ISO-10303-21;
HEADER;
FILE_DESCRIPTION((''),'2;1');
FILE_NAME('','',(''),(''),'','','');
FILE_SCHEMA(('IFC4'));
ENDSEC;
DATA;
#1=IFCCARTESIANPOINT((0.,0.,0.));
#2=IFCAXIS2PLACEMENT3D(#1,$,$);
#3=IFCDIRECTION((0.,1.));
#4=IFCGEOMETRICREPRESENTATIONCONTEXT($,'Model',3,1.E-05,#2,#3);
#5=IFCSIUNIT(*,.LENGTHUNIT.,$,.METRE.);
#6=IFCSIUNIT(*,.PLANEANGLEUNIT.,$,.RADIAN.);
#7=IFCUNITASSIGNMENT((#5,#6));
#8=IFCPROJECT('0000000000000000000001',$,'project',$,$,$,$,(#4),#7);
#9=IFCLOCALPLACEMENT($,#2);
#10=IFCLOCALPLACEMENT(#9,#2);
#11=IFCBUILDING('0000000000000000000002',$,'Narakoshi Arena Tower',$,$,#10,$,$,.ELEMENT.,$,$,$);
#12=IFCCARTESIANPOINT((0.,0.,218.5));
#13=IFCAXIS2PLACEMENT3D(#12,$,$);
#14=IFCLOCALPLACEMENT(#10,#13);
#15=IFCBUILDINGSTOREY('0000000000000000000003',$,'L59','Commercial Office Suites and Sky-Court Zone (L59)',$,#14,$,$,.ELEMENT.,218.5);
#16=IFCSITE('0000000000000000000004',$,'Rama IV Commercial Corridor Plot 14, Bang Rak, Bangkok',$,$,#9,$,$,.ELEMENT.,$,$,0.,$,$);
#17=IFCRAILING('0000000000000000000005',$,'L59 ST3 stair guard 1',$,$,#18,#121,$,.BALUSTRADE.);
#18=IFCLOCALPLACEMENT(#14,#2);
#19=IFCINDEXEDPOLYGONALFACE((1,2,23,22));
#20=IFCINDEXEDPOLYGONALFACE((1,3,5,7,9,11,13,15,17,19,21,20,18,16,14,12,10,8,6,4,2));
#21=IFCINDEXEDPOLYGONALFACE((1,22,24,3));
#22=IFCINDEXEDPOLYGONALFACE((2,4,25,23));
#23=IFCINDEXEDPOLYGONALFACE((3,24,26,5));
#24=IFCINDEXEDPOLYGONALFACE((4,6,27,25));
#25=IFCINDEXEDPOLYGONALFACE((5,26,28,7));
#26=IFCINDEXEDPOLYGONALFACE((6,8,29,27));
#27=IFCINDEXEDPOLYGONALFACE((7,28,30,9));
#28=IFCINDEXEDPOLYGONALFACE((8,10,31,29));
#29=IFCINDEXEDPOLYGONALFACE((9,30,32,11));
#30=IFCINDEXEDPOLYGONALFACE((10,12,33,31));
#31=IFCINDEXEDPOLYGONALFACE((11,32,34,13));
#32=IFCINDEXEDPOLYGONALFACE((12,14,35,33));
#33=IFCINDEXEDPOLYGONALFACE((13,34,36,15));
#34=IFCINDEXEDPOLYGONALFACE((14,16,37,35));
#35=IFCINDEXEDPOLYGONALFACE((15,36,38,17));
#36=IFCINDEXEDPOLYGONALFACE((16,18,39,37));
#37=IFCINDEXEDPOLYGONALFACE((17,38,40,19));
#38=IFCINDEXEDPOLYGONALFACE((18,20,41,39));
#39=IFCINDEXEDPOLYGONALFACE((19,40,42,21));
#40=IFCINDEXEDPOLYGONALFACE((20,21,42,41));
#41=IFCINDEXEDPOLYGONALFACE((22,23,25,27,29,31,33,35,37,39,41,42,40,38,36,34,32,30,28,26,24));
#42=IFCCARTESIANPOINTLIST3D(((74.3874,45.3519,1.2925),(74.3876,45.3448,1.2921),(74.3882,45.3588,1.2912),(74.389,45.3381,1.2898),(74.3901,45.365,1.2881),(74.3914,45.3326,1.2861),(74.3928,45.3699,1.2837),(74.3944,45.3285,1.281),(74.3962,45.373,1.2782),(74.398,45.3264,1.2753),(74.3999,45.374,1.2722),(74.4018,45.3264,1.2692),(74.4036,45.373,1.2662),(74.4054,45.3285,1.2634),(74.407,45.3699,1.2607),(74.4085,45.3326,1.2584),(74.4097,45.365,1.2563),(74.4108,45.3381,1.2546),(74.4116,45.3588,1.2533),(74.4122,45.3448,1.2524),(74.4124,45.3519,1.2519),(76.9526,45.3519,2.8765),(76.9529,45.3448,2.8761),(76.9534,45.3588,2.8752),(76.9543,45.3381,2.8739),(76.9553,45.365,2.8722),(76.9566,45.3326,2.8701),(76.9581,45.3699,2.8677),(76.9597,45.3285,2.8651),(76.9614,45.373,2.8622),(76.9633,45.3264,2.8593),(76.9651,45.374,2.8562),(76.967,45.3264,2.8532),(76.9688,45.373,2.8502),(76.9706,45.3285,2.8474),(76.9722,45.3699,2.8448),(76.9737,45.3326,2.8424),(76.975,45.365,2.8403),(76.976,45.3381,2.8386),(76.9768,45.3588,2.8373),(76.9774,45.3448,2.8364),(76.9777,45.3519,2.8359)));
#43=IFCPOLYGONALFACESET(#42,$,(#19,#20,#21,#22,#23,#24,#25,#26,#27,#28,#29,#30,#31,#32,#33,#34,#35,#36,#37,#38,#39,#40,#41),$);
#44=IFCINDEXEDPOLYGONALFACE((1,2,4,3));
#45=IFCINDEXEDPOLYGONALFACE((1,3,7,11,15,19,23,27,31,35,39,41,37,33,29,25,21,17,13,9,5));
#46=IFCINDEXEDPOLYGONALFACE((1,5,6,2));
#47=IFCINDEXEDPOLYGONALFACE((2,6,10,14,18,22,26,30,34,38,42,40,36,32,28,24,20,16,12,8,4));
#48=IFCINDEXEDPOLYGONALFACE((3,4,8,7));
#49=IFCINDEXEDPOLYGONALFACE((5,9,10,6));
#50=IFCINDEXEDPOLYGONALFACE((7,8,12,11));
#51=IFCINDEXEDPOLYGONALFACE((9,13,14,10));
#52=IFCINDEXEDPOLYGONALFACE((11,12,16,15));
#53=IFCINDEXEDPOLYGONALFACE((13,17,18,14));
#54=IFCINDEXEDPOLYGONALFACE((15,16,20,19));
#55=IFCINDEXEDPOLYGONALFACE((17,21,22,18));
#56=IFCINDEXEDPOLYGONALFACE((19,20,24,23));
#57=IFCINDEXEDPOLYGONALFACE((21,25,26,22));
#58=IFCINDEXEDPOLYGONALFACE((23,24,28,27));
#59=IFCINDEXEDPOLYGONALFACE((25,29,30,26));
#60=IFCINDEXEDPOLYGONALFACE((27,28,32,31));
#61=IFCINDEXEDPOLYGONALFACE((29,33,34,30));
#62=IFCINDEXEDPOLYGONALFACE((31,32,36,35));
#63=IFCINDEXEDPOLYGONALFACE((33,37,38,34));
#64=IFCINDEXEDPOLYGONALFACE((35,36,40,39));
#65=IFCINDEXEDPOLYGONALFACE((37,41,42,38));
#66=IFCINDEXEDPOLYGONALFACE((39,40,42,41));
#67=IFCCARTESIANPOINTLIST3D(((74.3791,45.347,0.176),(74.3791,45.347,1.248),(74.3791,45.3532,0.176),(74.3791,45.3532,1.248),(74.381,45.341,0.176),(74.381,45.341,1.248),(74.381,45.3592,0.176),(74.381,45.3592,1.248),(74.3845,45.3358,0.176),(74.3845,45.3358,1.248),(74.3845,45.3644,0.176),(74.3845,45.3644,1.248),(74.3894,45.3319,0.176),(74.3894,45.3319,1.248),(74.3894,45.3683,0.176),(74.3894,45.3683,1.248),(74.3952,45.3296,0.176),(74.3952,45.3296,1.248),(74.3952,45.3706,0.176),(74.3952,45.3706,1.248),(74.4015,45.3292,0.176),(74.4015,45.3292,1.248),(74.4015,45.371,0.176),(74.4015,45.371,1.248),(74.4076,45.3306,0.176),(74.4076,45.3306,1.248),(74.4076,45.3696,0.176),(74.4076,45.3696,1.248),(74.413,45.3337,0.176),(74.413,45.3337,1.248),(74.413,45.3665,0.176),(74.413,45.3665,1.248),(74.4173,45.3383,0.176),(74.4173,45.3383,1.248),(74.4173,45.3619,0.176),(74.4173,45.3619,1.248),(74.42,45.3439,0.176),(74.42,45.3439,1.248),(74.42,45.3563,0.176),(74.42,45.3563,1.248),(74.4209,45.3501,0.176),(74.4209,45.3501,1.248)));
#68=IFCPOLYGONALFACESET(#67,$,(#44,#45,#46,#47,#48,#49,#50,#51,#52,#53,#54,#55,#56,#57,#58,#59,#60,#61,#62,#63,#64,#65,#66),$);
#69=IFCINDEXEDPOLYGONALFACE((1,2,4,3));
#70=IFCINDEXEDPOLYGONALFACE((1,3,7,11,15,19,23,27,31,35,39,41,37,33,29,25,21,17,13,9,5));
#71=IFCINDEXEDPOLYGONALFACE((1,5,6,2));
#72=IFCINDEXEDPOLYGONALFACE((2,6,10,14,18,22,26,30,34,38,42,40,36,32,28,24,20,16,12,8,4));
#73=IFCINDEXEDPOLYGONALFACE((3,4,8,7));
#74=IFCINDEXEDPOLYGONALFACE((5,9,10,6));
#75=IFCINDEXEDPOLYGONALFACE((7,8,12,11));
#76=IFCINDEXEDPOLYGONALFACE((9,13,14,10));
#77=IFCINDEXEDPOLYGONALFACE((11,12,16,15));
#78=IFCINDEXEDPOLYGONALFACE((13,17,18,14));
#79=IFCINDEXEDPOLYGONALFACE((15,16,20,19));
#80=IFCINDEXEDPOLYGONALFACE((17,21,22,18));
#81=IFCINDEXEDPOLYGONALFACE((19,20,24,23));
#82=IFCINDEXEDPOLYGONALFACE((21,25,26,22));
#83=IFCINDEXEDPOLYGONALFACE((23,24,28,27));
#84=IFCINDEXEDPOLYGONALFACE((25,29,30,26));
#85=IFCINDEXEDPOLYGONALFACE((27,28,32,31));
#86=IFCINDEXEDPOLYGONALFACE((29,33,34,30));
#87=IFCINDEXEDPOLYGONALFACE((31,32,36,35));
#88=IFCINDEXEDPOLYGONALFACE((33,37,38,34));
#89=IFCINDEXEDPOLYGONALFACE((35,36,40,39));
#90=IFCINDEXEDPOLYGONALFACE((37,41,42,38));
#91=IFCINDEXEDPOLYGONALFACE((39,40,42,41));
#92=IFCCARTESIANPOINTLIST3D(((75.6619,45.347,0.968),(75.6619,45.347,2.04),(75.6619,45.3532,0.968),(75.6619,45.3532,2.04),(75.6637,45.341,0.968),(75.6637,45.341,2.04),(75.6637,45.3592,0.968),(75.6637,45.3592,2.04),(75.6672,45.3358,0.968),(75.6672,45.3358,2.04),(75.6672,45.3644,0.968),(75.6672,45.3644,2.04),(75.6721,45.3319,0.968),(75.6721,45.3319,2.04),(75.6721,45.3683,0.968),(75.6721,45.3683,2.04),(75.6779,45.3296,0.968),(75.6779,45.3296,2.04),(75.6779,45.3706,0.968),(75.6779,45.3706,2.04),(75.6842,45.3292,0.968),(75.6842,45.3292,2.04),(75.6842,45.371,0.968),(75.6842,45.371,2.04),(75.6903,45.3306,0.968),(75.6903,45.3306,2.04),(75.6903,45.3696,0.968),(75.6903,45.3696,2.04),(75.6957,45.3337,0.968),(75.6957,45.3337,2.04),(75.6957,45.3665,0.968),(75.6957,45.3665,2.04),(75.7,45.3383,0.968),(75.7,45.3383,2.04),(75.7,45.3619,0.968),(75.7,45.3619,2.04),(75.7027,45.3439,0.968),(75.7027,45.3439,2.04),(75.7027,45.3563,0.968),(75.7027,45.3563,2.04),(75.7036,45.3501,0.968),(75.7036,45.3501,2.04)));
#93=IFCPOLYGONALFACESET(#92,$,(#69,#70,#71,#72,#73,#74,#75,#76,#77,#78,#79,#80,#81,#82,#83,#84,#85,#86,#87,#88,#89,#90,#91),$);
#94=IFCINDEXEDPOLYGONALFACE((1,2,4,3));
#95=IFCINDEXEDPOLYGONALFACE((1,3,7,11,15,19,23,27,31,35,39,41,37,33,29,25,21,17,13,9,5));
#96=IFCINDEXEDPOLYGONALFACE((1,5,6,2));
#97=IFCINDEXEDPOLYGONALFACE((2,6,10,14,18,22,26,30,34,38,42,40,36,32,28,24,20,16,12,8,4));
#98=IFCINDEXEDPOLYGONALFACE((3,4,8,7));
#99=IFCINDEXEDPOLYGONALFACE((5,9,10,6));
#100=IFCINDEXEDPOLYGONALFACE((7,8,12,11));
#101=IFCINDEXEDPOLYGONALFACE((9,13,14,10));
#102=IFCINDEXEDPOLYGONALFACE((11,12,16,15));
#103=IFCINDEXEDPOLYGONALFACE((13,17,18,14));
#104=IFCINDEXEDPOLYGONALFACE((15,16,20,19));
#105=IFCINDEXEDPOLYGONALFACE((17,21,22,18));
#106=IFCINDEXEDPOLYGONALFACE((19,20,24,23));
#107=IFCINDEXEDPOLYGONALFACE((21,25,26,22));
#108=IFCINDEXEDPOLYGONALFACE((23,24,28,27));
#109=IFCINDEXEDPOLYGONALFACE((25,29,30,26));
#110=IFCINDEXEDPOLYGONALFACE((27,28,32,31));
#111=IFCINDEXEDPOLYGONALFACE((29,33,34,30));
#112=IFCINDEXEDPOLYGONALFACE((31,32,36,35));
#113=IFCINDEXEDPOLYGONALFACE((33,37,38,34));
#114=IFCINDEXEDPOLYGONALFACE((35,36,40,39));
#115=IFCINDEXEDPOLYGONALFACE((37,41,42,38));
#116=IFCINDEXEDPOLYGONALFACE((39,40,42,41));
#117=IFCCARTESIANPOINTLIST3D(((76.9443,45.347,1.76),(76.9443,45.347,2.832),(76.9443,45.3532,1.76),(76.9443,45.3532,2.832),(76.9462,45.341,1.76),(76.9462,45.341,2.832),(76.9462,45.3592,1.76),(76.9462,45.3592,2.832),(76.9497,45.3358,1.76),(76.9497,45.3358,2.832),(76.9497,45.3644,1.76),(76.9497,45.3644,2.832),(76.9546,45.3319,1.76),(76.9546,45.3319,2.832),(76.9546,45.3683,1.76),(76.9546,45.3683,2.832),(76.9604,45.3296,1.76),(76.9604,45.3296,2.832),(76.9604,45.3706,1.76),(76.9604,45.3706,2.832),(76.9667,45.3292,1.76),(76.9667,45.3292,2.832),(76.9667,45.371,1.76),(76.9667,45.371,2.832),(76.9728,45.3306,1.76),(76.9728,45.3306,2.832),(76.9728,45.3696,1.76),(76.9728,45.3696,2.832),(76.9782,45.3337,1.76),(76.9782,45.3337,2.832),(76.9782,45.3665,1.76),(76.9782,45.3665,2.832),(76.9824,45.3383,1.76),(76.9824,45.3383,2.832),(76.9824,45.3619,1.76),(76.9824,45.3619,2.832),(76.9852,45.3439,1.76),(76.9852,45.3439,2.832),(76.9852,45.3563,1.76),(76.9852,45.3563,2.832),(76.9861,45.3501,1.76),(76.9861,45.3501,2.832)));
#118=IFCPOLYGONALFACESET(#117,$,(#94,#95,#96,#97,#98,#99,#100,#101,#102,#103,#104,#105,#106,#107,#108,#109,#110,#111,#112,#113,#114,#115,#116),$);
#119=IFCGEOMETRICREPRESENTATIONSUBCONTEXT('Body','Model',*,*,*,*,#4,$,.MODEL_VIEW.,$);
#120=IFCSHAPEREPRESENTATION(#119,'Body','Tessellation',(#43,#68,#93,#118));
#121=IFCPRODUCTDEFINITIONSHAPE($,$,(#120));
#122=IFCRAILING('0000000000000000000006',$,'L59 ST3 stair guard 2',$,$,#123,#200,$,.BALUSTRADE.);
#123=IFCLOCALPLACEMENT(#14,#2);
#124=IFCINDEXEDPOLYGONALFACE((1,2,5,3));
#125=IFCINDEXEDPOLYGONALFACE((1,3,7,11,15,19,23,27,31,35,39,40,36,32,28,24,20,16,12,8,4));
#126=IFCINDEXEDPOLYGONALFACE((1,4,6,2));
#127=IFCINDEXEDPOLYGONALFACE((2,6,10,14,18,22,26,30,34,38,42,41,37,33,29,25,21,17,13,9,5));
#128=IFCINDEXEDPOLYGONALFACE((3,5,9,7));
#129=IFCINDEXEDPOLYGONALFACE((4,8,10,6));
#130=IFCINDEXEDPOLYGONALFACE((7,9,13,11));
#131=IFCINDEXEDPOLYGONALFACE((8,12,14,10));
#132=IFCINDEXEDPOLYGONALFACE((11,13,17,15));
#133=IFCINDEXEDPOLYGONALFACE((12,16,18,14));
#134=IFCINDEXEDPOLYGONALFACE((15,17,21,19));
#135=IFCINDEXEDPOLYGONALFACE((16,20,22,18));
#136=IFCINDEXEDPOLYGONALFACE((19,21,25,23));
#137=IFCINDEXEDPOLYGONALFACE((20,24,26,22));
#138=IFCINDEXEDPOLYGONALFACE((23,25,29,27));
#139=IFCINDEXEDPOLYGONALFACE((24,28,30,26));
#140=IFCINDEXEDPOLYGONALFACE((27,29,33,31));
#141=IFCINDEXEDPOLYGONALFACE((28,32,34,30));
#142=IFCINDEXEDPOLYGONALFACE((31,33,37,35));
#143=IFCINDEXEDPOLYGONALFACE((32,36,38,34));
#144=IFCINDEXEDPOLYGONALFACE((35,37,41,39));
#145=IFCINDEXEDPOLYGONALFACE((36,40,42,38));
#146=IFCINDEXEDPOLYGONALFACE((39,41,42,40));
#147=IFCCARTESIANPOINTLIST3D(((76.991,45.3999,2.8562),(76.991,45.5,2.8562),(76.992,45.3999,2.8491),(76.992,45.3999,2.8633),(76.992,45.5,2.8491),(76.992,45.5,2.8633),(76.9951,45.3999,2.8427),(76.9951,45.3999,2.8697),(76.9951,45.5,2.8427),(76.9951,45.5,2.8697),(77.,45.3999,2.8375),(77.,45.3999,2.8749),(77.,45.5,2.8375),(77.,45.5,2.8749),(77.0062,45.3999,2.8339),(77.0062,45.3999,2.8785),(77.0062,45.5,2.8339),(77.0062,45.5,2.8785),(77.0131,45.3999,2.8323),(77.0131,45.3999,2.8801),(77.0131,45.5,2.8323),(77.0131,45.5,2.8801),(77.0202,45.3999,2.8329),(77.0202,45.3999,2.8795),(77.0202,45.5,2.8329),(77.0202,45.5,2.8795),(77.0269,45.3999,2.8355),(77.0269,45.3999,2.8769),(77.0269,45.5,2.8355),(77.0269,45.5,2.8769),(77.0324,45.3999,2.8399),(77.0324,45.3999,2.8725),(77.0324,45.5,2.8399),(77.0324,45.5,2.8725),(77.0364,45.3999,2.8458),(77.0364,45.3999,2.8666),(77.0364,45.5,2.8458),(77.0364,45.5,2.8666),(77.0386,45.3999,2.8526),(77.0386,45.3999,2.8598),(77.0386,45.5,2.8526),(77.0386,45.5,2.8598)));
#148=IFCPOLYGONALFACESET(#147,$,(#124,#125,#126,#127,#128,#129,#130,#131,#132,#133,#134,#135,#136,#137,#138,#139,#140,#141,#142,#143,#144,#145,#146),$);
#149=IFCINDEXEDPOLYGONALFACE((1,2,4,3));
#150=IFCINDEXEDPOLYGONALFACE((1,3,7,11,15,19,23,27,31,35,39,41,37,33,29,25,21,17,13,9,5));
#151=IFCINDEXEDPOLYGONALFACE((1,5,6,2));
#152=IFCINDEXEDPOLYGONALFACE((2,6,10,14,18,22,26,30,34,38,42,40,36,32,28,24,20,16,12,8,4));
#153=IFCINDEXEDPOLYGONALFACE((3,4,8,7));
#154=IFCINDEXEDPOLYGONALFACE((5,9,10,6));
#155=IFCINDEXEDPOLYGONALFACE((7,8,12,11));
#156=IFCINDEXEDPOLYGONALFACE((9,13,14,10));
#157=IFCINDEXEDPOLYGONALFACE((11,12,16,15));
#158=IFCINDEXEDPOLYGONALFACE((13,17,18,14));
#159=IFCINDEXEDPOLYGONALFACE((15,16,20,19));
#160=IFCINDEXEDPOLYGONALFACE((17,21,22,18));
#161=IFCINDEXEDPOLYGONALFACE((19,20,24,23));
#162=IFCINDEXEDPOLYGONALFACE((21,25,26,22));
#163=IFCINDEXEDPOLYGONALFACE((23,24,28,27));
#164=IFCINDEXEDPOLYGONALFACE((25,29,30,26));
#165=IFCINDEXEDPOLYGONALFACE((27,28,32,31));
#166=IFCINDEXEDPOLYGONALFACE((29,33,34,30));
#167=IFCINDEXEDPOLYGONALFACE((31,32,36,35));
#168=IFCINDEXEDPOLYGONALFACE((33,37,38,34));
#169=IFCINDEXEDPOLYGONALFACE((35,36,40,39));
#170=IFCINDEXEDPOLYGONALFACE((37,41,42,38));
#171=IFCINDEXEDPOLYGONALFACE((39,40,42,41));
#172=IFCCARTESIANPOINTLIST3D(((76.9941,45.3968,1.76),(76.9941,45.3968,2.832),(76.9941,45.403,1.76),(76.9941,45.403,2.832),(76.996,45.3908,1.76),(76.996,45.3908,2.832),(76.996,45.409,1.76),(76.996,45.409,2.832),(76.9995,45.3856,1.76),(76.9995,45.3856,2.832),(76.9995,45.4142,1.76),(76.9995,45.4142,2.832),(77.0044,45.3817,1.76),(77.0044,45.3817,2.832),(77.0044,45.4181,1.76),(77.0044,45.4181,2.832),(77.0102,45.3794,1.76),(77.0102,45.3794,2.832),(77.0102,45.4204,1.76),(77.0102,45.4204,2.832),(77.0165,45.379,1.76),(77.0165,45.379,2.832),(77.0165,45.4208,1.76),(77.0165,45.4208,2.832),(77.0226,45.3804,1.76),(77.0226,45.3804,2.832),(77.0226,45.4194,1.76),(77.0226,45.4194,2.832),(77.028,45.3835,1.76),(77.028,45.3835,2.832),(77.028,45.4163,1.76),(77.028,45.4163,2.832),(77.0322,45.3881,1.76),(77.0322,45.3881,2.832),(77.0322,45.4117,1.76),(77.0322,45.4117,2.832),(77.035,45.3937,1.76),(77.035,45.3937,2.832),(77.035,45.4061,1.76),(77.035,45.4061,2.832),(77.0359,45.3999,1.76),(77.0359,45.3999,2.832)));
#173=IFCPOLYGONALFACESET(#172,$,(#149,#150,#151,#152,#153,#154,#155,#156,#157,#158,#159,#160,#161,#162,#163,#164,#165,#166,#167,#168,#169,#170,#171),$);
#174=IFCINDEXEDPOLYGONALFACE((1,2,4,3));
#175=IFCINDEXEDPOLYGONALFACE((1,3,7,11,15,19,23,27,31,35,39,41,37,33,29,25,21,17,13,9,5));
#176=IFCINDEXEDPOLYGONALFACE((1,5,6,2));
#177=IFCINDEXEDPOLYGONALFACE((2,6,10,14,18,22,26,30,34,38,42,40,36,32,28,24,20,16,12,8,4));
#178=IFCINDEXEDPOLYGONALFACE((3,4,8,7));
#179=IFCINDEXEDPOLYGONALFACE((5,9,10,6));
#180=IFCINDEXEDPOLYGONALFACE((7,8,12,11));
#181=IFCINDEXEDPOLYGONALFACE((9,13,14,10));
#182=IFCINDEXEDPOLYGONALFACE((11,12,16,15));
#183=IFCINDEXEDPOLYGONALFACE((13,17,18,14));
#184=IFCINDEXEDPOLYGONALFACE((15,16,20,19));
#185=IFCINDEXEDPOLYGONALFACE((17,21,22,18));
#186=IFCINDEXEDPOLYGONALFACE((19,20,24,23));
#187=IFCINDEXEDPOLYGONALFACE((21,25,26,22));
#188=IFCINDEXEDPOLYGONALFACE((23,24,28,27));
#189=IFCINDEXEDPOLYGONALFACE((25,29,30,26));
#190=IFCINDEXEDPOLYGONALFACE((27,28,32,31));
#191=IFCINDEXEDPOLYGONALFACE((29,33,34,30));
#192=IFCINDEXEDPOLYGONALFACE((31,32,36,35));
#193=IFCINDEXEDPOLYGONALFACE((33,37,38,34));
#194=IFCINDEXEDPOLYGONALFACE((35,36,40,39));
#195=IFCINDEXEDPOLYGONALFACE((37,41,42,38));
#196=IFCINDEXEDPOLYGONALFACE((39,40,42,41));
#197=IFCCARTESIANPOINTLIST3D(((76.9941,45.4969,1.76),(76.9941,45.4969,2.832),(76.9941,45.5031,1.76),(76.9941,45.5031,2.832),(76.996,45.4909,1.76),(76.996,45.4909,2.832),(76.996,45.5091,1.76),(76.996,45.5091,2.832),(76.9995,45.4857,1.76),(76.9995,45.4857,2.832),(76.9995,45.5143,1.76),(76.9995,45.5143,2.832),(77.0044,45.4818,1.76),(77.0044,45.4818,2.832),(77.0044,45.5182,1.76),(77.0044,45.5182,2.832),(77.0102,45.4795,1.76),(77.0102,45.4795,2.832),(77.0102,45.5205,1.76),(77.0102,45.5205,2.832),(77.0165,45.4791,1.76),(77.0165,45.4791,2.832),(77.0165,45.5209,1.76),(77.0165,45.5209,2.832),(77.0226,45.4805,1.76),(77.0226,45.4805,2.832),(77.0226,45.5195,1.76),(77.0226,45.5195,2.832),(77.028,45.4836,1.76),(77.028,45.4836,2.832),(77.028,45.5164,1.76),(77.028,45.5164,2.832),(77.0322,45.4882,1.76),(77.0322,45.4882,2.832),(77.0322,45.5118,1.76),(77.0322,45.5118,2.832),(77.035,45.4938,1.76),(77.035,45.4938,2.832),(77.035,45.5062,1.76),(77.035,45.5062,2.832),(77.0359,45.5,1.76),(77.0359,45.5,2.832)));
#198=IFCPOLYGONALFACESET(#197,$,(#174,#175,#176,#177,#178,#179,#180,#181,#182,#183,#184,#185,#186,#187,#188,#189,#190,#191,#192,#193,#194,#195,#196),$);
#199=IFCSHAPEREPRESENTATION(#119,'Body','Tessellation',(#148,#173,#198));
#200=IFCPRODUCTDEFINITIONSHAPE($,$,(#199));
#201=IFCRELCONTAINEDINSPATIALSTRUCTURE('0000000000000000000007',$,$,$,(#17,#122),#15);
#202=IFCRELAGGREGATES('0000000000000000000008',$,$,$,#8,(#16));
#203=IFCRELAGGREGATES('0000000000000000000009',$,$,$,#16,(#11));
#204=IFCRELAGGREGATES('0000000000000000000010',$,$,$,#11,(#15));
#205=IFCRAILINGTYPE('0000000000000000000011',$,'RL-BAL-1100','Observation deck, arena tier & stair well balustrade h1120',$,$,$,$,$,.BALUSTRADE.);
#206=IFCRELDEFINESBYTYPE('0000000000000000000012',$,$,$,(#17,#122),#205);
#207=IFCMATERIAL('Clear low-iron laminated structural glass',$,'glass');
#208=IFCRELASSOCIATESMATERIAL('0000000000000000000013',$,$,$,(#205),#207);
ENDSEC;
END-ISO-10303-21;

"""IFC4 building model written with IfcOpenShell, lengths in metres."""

from ifc_helpers import new_model, si_unit, direction, frame, origin, origin_2d, place, context, subcontext, project, spatial, circle, extrude, material, type_object, element, save


model = new_model("IFC4")

# Units and contexts
model_context = context("Model", 3, precision=1e-05, world=origin(), true_north=direction((0.0, 1.0)))
body_context = subcontext(model_context, "Body", "Model", "MODEL_VIEW")
ifc_project = project(units=[si_unit("LENGTHUNIT", "METRE"), si_unit("PLANEANGLEUNIT", "RADIAN")], contexts=[model_context])

# Site, building, storey
site_placement = place(None, origin())
site = spatial("IfcSite", under=ifc_project, at=site_placement, Name="Rama IV Commercial Corridor Plot 14, Bang Rak, Bangkok", CompositionType="ELEMENT", RefElevation=0.0)
building_placement = place(site_placement, origin())
building = spatial("IfcBuilding", under=site, at=building_placement, Name="Narakoshi Arena Tower", CompositionType="ELEMENT")
storey_placement = place(building_placement, frame((0.0, 0.0, 218.5)))
storey = spatial("IfcBuildingStorey", under=building, at=storey_placement, Name="L59", Description="Commercial Office Suites and Sky-Court Zone (L59)", CompositionType="ELEMENT", Elevation=218.5)

# Railings
ifc_material_1 = material(Name="Clear low-iron laminated structural glass", Category="glass")
railing_type_1 = type_object("IfcRailingType", Name="RL-BAL-1100", Description="Observation deck, arena tier & stair well balustrade h1120", PredefinedType="BALUSTRADE", material=ifc_material_1)
railing_1_placement = place(storey_placement, frame((74.3999, 45.3501, 0.176)))
element("IfcRailing", 1, at=railing_1_placement, inside=storey, type_object=railing_type_1, Name="L59 ST3 stair guard 1", PredefinedType="BALUSTRADE", context=body_context, shape_type="SweptSolid", body=[
    extrude(circle(Radius=0.0239, at=origin_2d()), frame((0.0, 0.0, 1.0962), z_axis=(0.850857, 0.0, 0.525398), x_axis=(0.0, 1.0, 0.0)), (0.0, 0.0, 1.0), 3.0149),
    extrude(circle(Radius=0.021, at=origin_2d()), origin(), (0.0, 0.0, 1.0), 1.072),
    extrude(circle(Radius=0.021, at=origin_2d()), frame((1.2827, 0.0, 0.792)), (0.0, 0.0, 1.0), 1.072),
    extrude(circle(Radius=0.021, at=origin_2d()), frame((2.5652, 0.0, 1.584)), (0.0, 0.0, 1.0), 1.072),
])
railing_2_placement = place(storey_placement, frame((77.0149, 45.3999, 1.76)))
element("IfcRailing", 2, at=railing_2_placement, inside=storey, type_object=railing_type_1, Name="L59 ST3 stair guard 2", PredefinedType="BALUSTRADE", context=body_context, shape_type="SweptSolid", body=[
    extrude(circle(Radius=0.0239, at=origin_2d()), frame((0.0, 0.0, 1.0962), z_axis=(0.0, 1.0, 0.0), x_axis=(-1.0, 0.0, 0.0)), (0.0, 0.0, 1.0), 0.1001),
    extrude(circle(Radius=0.021, at=origin_2d()), origin(), (0.0, 0.0, 1.0), 1.072),
    extrude(circle(Radius=0.021, at=origin_2d()), frame((0.0, 0.1001, 0.0)), (0.0, 0.0, 1.0), 1.072),
])

save(model, "model.ifc")
